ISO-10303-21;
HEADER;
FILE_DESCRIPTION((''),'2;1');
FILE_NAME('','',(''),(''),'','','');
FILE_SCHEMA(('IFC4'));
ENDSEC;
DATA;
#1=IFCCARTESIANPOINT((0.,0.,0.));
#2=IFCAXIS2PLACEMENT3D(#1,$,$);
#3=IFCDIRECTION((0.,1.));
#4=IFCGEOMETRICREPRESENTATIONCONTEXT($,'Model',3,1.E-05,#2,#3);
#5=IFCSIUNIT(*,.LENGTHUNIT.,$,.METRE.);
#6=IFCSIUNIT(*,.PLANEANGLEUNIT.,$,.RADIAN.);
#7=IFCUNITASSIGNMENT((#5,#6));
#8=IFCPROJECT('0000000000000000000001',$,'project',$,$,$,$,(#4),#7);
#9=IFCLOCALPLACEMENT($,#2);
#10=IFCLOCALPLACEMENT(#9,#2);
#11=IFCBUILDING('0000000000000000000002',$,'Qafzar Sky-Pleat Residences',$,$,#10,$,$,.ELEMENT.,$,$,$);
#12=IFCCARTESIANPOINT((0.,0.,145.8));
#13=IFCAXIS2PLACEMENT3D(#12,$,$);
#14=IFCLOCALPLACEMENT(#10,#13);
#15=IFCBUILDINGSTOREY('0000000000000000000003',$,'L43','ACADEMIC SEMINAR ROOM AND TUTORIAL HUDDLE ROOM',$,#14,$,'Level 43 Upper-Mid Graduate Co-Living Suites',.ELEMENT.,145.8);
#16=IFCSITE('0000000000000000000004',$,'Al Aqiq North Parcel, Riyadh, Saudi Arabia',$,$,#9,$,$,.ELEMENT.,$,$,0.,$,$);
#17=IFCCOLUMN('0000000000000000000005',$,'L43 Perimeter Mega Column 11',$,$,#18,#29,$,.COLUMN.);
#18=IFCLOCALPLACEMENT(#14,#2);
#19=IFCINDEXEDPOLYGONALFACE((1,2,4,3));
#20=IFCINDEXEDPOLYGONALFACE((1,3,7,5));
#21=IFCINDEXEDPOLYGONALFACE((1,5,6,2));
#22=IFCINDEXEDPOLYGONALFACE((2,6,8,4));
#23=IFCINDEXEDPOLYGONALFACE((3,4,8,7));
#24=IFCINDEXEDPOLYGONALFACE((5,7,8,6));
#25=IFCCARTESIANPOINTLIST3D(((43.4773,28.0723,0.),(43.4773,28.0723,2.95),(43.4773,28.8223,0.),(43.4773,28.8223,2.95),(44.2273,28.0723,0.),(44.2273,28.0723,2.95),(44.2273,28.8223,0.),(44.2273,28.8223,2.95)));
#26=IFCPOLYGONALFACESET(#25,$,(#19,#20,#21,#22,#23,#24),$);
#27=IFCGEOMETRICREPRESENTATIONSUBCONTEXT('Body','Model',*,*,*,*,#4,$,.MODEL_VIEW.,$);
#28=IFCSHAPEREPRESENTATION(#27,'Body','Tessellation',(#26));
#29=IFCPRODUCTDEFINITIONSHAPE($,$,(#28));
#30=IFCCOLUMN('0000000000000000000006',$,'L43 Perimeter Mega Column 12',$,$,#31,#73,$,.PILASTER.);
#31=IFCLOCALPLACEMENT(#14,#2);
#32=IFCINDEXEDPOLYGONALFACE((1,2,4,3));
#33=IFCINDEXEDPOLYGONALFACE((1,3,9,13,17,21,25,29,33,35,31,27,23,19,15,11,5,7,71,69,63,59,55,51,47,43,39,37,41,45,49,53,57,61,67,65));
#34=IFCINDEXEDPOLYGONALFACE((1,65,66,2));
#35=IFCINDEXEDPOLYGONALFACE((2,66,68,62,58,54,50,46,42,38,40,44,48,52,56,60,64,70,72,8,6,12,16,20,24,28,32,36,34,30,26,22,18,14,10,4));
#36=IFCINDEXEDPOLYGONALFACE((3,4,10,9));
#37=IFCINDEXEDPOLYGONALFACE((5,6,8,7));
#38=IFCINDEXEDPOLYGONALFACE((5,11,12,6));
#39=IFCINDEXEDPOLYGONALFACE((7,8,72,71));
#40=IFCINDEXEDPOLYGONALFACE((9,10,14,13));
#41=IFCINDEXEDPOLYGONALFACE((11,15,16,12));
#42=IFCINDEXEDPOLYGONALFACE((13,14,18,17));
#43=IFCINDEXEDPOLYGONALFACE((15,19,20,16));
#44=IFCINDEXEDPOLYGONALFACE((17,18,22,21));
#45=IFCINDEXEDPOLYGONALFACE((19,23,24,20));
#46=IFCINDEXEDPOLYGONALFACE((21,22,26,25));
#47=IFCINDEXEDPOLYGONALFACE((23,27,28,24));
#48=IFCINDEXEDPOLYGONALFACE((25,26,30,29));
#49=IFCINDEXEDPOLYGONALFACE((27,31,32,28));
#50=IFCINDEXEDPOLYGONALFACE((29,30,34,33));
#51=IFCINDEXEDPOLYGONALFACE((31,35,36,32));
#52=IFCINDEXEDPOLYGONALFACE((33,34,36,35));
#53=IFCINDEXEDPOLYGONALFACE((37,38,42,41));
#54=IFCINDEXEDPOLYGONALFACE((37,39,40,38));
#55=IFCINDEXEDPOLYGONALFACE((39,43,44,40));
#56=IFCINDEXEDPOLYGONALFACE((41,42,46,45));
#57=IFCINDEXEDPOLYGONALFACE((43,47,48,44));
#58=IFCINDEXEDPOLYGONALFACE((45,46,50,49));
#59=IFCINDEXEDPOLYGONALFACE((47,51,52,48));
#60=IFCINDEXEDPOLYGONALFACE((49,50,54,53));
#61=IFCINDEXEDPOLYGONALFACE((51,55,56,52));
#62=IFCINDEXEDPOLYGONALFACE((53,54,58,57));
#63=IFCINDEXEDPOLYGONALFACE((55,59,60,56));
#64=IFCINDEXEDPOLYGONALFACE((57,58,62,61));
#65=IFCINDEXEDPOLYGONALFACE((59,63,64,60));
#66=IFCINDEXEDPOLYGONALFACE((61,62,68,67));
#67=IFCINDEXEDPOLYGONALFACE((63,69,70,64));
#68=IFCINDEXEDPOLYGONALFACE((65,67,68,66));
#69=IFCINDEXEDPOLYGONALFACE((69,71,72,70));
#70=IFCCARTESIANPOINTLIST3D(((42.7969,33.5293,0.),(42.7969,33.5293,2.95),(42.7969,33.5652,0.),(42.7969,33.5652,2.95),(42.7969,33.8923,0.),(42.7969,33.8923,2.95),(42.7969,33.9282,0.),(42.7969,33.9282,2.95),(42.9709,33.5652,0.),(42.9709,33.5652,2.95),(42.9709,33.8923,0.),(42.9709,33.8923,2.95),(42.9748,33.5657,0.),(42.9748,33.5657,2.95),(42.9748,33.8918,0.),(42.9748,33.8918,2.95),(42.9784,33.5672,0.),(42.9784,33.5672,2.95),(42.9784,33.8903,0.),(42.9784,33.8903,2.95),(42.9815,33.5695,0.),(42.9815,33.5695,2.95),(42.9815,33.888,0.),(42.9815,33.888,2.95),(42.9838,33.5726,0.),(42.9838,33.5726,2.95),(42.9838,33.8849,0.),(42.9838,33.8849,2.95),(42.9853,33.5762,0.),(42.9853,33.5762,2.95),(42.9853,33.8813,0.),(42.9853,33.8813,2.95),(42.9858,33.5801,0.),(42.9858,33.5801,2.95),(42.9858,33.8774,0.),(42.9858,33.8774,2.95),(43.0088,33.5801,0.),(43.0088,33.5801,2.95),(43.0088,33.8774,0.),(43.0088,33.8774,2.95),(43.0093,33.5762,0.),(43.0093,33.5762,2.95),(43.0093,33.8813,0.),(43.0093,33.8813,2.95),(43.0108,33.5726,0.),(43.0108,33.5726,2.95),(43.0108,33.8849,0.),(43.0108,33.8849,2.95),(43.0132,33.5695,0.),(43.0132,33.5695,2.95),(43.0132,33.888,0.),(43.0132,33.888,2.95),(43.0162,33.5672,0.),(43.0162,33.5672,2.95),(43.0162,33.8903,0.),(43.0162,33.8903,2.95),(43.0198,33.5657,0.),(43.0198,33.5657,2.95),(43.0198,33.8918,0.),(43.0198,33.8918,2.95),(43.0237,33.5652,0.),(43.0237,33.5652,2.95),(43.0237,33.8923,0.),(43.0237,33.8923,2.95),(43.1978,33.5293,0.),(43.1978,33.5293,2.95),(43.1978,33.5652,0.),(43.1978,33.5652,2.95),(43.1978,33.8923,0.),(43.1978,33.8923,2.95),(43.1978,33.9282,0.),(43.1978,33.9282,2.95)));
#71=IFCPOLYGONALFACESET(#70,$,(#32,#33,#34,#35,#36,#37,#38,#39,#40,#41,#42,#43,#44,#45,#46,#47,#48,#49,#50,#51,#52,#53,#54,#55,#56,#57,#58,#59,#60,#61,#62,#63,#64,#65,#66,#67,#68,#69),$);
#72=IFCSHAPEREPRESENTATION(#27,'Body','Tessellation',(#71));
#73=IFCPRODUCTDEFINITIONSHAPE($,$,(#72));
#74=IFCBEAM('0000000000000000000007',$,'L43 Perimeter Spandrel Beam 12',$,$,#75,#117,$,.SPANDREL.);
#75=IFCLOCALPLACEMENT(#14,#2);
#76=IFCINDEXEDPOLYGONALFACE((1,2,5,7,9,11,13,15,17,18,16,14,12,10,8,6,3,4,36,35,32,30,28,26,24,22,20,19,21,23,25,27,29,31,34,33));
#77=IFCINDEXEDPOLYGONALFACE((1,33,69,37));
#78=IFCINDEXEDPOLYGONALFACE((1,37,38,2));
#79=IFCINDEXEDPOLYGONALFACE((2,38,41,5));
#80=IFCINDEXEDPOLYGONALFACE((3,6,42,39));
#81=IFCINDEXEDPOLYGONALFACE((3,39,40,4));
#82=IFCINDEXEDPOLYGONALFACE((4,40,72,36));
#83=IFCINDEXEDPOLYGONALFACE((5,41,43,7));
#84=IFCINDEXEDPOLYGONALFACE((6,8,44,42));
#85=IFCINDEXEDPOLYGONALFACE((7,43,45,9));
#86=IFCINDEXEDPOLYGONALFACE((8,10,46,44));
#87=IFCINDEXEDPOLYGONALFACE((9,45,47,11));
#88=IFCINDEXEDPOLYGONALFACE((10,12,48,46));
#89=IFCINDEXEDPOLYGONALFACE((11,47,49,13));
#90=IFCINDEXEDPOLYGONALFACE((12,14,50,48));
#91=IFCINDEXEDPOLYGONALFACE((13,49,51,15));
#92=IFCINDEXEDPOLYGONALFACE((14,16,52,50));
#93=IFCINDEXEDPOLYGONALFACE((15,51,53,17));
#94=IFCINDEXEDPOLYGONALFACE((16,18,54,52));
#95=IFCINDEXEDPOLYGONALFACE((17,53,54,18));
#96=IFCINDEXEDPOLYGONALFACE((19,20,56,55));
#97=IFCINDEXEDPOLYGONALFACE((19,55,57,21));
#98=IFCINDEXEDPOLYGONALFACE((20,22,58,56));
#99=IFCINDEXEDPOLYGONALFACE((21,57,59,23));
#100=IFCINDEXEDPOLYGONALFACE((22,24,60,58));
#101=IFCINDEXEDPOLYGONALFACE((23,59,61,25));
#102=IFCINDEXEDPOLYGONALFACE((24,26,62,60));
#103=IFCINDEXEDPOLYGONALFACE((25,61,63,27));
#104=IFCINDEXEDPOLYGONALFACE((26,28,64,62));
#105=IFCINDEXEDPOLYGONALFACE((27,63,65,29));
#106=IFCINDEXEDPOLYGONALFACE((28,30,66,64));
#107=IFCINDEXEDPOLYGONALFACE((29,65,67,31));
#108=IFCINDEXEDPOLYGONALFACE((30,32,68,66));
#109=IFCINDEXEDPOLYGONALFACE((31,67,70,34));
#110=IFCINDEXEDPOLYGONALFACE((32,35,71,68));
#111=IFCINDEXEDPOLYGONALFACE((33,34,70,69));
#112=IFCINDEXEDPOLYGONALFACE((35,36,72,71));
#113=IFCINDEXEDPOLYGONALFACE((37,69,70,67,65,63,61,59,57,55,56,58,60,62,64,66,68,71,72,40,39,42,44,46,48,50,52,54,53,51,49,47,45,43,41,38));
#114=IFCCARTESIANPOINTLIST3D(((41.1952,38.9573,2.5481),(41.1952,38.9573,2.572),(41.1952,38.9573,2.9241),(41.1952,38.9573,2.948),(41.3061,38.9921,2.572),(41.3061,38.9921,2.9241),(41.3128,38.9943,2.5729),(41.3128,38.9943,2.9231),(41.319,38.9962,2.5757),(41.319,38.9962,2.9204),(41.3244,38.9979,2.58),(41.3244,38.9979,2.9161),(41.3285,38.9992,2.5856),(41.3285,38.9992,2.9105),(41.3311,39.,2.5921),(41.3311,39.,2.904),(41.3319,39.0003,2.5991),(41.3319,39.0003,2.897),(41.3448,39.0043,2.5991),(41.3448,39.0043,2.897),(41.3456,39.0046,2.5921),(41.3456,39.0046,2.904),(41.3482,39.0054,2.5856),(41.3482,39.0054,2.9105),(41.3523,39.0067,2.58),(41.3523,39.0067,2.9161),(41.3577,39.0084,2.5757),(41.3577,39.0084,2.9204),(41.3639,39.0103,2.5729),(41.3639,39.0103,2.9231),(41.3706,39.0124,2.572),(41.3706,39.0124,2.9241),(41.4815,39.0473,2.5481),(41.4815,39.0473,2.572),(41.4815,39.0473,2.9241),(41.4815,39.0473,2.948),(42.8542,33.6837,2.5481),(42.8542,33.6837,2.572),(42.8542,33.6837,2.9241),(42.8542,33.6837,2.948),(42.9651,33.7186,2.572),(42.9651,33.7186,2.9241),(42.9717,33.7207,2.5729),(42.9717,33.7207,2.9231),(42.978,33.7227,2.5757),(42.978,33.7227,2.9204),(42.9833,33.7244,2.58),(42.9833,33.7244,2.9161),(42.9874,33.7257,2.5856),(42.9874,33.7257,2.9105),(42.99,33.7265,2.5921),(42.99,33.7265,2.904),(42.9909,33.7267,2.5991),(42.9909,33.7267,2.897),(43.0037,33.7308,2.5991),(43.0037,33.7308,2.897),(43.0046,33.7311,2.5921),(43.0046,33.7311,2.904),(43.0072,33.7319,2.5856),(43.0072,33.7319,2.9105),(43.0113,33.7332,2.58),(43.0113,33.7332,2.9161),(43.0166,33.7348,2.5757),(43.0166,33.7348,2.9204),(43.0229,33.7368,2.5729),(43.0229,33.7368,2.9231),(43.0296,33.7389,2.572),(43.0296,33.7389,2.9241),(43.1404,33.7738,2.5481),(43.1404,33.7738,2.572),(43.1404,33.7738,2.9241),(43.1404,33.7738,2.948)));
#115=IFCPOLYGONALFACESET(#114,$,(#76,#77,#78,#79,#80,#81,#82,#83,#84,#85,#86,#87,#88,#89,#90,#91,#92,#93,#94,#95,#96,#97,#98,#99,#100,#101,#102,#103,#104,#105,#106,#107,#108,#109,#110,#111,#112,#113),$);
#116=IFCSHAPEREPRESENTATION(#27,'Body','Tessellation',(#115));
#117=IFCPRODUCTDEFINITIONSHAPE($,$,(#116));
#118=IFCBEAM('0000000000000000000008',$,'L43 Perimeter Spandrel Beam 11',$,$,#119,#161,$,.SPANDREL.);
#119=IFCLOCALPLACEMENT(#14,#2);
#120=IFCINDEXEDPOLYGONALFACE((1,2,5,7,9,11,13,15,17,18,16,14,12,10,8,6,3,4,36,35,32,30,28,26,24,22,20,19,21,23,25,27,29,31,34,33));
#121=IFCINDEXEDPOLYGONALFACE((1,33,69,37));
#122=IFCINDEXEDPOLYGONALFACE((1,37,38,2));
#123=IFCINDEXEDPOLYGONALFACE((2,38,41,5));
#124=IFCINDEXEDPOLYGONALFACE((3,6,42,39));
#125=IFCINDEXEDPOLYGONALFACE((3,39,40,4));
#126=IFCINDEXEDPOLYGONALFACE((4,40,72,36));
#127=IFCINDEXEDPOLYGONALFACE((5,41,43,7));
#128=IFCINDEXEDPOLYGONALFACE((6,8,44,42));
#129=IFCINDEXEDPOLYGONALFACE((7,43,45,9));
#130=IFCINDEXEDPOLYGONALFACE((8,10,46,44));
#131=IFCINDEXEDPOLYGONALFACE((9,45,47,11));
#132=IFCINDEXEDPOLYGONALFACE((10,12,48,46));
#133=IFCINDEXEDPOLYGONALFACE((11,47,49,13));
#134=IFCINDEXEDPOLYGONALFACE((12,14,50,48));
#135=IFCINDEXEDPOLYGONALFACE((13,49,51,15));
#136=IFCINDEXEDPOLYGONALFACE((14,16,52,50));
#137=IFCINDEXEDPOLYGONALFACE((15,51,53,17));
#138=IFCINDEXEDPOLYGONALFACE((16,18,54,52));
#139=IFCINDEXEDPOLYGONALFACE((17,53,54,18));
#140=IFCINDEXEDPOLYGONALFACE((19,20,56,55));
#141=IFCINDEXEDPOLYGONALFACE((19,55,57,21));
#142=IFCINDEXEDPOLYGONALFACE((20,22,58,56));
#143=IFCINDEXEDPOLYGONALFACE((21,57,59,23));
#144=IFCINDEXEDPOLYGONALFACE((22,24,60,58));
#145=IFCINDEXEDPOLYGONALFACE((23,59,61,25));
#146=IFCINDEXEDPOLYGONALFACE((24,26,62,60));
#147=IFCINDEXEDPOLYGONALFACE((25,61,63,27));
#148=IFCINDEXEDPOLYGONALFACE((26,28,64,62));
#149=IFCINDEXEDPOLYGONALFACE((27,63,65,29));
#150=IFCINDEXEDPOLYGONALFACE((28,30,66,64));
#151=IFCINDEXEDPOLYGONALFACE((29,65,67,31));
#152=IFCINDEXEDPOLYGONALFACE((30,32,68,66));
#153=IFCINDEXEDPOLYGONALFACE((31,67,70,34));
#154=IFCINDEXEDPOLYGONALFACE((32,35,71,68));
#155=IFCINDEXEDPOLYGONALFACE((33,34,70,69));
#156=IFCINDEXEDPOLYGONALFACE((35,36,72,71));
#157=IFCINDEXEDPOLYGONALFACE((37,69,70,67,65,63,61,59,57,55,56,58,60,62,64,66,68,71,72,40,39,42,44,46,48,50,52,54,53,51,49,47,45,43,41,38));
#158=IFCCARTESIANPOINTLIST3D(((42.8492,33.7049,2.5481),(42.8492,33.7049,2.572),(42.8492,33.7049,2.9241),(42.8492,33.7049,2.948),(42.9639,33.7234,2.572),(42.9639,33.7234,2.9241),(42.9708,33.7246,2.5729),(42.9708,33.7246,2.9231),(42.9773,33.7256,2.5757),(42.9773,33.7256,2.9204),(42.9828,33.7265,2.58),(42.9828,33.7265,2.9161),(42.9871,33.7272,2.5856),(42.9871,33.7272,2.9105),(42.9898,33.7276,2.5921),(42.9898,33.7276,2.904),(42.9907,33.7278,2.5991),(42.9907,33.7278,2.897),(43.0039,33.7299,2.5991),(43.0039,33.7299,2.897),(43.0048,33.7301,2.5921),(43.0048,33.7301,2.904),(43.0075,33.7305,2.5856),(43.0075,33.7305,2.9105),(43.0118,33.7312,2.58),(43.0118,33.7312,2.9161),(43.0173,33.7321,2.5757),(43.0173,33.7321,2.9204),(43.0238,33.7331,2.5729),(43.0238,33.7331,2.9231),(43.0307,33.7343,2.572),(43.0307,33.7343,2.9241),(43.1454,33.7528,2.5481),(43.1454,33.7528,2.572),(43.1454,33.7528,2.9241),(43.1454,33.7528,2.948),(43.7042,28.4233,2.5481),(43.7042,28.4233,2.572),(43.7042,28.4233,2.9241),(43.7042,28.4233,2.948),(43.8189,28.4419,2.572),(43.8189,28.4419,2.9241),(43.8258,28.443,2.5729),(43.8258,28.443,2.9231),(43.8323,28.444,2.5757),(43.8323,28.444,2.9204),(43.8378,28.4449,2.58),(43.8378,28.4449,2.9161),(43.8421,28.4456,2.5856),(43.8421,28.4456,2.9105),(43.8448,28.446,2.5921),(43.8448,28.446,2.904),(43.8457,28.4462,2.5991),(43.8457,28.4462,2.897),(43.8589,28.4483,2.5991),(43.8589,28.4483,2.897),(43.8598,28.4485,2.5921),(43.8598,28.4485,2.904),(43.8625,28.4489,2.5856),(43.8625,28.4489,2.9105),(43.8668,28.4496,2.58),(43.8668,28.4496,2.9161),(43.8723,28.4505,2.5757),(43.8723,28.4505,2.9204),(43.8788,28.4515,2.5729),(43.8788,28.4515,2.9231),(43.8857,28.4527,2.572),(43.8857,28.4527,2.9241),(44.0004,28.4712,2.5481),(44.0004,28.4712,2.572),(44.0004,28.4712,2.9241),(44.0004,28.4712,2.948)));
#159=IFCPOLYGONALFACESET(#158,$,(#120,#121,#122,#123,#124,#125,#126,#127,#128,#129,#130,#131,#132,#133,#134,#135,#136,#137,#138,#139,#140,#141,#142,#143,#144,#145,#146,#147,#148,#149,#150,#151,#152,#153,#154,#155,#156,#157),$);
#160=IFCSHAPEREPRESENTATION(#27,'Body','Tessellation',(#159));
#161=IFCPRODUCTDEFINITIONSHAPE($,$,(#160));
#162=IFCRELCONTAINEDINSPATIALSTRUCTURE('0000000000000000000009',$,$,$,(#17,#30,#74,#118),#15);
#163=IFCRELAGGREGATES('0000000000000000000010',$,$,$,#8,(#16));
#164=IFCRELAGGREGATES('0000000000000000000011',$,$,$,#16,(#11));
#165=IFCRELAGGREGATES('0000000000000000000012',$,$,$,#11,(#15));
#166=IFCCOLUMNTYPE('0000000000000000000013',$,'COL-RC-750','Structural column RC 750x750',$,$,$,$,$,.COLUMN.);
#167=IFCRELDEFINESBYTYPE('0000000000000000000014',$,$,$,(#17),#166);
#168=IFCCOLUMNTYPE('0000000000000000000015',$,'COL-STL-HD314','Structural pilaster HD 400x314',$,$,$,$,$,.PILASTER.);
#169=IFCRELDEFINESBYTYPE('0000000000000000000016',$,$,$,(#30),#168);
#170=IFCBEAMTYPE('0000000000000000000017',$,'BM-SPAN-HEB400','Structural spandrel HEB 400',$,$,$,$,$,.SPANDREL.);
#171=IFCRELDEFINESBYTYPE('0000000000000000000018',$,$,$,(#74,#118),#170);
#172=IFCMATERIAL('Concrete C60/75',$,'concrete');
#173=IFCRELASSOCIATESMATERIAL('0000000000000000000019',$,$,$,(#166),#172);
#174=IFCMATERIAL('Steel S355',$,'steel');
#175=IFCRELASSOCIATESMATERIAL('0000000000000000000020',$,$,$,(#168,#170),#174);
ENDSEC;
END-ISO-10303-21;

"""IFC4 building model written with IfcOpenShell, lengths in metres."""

from ifc_helpers import new_model, si_unit, direction, frame, origin, origin_2d, place, context, subcontext, project, spatial, rectangle, i_section, extrude, source, transform, mapped, material, material_profile, profile_set, type_object, element, save


model = new_model("IFC4")

# Units and contexts
model_context = context("Model", 3, precision=1e-05, world=origin(), true_north=direction((0.0, 1.0)))
body_context = subcontext(model_context, "Body", "Model", "MODEL_VIEW")
ifc_project = project(units=[si_unit("LENGTHUNIT", "METRE"), si_unit("PLANEANGLEUNIT", "RADIAN")], contexts=[model_context])

# Site, building, storey
site_placement = place(None, origin())
site = spatial("IfcSite", under=ifc_project, at=site_placement, Name="Al Aqiq North Parcel, Riyadh, Saudi Arabia", CompositionType="ELEMENT", RefElevation=0.0)
building_placement = place(site_placement, origin())
building = spatial("IfcBuilding", under=site, at=building_placement, Name="Qafzar Sky-Pleat Residences", CompositionType="ELEMENT")
storey_placement = place(building_placement, frame((0.0, 0.0, 145.8)))
storey = spatial("IfcBuildingStorey", under=building, at=storey_placement, Name="L43", Description="ACADEMIC SEMINAR ROOM AND TUTORIAL HUDDLE ROOM", LongName="Level 43 Upper-Mid Graduate Co-Living Suites", CompositionType="ELEMENT", Elevation=145.8)

# Columns
ifc_material_1 = material(Name="Concrete C60/75", Category="concrete")
ifc_material_profile_1 = material_profile(ifc_material_1, rectangle(XDim=0.75, YDim=0.75, at=origin_2d()), Name="RC 750x750")
ifc_profile_set_1 = profile_set([ifc_material_profile_1], Name="Concrete C60/75")
column_type_1 = type_object("IfcColumnType", Name="COL-RC-750", Description="Structural column RC 750x750", PredefinedType="COLUMN", material=ifc_profile_set_1)
shared_shape_1 = source(origin(), body_context, "Body", "SweptSolid", [
    extrude(rectangle(XDim=0.75, YDim=0.75, at=origin_2d()), origin(), (0.0, 0.0, 1.0), 2.95),
])
column_1_placement = place(storey_placement, frame((43.8523, 28.4473, 0.0), z_axis=(0.0, 0.0, 1.0), x_axis=(1.0, 0.0, 0.0)))
element("IfcColumn", 1, at=column_1_placement, inside=storey, type_object=column_type_1, Name="L43 Perimeter Mega Column 11", PredefinedType="COLUMN", context=body_context, shape_type="MappedRepresentation", body=[
    mapped(shared_shape_1, transform((0.0, 0.0, 0.0), x_axis=(1.0, 0.0, 0.0), y_axis=(0.0, 1.0, 0.0), z_axis=(0.0, 0.0, 1.0), scale=1.0)),
])
ifc_material_2 = material(Name="Steel S355", Category="steel")
ifc_material_profile_2 = material_profile(ifc_material_2, i_section(OverallWidth=0.4009, OverallDepth=0.3989, WebThickness=0.0229, FlangeThickness=0.0359, FilletRadius=0.0149, at=origin_2d()), Name="HD 400x314")
ifc_profile_set_2 = profile_set([ifc_material_profile_2], Name="Steel S355")
column_type_2 = type_object("IfcColumnType", Name="COL-STL-HD314", Description="Structural pilaster HD 400x314", PredefinedType="PILASTER", material=ifc_profile_set_2)
shared_shape_2 = source(origin(), body_context, "Body", "SweptSolid", [
    extrude(i_section(OverallWidth=0.4009, OverallDepth=0.3989, WebThickness=0.0229, FlangeThickness=0.0359, FilletRadius=0.0149, at=origin_2d()), origin(), (0.0, 0.0, 1.0), 2.95),
])
column_2_placement = place(storey_placement, frame((42.9973, 33.7288, 0.0), z_axis=(0.0, 0.0, 1.0), x_axis=(1.0, 0.0, 0.0)))
element("IfcColumn", 2, at=column_2_placement, inside=storey, type_object=column_type_2, Name="L43 Perimeter Mega Column 12", PredefinedType="PILASTER", context=body_context, shape_type="MappedRepresentation", body=[
    mapped(shared_shape_2, transform((0.0, 0.0, 0.0), x_axis=(1.0, 0.0, 0.0), y_axis=(0.0, 1.0, 0.0), z_axis=(0.0, 0.0, 1.0), scale=1.0)),
])

# Beams
ifc_material_profile_3 = material_profile(ifc_material_2, i_section(OverallWidth=0.3, OverallDepth=0.3999, WebThickness=0.0134, FlangeThickness=0.0239, FilletRadius=0.0271, at=origin_2d()), Name="HEB 400")
ifc_profile_set_3 = profile_set([ifc_material_profile_3], Name="Steel S355")
beam_type_1 = type_object("IfcBeamType", Name="BM-SPAN-HEB400", Description="Structural spandrel HEB 400", PredefinedType="SPANDREL", material=ifc_profile_set_3)
shared_shape_3 = source(origin(), body_context, "Body", "SweptSolid", [
    extrude(i_section(OverallWidth=0.3, OverallDepth=0.3999, WebThickness=0.0134, FlangeThickness=0.0239, FilletRadius=0.0271, at=origin_2d()), origin(), (0.0, 0.0, 1.0), 5.5283),
])
beam_1_placement = place(storey_placement, frame((42.9973, 33.7288, 2.748), z_axis=(-0.300085, 0.953912, 0.0), x_axis=(-0.953912, -0.300085, 0.0)))
element("IfcBeam", 3, at=beam_1_placement, inside=storey, type_object=beam_type_1, Name="L43 Perimeter Spandrel Beam 12", PredefinedType="SPANDREL", context=body_context, shape_type="MappedRepresentation", body=[
    mapped(shared_shape_3, transform((0.0, 0.0, 0.0), x_axis=(1.0, 0.0, 0.0), y_axis=(0.0, 1.0, 0.0), z_axis=(0.0, 0.0, 1.0), scale=1.0)),
])
shared_shape_4 = source(origin(), body_context, "Body", "SweptSolid", [
    extrude(i_section(OverallWidth=0.3, OverallDepth=0.3999, WebThickness=0.0134, FlangeThickness=0.0239, FilletRadius=0.0271, at=origin_2d()), origin(), (0.0, 0.0, 1.0), 5.3503),
])
beam_2_placement = place(storey_placement, frame((43.8523, 28.4473, 2.748), z_axis=(-0.159802, 0.987149, 0.0), x_axis=(-0.987149, -0.159802, 0.0)))
element("IfcBeam", 4, at=beam_2_placement, inside=storey, type_object=beam_type_1, Name="L43 Perimeter Spandrel Beam 11", PredefinedType="SPANDREL", context=body_context, shape_type="MappedRepresentation", body=[
    mapped(shared_shape_4, transform((0.0, 0.0, 0.0), x_axis=(1.0, 0.0, 0.0), y_axis=(0.0, 1.0, 0.0), z_axis=(0.0, 0.0, 1.0), scale=1.0)),
])

save(model, "model.ifc")
